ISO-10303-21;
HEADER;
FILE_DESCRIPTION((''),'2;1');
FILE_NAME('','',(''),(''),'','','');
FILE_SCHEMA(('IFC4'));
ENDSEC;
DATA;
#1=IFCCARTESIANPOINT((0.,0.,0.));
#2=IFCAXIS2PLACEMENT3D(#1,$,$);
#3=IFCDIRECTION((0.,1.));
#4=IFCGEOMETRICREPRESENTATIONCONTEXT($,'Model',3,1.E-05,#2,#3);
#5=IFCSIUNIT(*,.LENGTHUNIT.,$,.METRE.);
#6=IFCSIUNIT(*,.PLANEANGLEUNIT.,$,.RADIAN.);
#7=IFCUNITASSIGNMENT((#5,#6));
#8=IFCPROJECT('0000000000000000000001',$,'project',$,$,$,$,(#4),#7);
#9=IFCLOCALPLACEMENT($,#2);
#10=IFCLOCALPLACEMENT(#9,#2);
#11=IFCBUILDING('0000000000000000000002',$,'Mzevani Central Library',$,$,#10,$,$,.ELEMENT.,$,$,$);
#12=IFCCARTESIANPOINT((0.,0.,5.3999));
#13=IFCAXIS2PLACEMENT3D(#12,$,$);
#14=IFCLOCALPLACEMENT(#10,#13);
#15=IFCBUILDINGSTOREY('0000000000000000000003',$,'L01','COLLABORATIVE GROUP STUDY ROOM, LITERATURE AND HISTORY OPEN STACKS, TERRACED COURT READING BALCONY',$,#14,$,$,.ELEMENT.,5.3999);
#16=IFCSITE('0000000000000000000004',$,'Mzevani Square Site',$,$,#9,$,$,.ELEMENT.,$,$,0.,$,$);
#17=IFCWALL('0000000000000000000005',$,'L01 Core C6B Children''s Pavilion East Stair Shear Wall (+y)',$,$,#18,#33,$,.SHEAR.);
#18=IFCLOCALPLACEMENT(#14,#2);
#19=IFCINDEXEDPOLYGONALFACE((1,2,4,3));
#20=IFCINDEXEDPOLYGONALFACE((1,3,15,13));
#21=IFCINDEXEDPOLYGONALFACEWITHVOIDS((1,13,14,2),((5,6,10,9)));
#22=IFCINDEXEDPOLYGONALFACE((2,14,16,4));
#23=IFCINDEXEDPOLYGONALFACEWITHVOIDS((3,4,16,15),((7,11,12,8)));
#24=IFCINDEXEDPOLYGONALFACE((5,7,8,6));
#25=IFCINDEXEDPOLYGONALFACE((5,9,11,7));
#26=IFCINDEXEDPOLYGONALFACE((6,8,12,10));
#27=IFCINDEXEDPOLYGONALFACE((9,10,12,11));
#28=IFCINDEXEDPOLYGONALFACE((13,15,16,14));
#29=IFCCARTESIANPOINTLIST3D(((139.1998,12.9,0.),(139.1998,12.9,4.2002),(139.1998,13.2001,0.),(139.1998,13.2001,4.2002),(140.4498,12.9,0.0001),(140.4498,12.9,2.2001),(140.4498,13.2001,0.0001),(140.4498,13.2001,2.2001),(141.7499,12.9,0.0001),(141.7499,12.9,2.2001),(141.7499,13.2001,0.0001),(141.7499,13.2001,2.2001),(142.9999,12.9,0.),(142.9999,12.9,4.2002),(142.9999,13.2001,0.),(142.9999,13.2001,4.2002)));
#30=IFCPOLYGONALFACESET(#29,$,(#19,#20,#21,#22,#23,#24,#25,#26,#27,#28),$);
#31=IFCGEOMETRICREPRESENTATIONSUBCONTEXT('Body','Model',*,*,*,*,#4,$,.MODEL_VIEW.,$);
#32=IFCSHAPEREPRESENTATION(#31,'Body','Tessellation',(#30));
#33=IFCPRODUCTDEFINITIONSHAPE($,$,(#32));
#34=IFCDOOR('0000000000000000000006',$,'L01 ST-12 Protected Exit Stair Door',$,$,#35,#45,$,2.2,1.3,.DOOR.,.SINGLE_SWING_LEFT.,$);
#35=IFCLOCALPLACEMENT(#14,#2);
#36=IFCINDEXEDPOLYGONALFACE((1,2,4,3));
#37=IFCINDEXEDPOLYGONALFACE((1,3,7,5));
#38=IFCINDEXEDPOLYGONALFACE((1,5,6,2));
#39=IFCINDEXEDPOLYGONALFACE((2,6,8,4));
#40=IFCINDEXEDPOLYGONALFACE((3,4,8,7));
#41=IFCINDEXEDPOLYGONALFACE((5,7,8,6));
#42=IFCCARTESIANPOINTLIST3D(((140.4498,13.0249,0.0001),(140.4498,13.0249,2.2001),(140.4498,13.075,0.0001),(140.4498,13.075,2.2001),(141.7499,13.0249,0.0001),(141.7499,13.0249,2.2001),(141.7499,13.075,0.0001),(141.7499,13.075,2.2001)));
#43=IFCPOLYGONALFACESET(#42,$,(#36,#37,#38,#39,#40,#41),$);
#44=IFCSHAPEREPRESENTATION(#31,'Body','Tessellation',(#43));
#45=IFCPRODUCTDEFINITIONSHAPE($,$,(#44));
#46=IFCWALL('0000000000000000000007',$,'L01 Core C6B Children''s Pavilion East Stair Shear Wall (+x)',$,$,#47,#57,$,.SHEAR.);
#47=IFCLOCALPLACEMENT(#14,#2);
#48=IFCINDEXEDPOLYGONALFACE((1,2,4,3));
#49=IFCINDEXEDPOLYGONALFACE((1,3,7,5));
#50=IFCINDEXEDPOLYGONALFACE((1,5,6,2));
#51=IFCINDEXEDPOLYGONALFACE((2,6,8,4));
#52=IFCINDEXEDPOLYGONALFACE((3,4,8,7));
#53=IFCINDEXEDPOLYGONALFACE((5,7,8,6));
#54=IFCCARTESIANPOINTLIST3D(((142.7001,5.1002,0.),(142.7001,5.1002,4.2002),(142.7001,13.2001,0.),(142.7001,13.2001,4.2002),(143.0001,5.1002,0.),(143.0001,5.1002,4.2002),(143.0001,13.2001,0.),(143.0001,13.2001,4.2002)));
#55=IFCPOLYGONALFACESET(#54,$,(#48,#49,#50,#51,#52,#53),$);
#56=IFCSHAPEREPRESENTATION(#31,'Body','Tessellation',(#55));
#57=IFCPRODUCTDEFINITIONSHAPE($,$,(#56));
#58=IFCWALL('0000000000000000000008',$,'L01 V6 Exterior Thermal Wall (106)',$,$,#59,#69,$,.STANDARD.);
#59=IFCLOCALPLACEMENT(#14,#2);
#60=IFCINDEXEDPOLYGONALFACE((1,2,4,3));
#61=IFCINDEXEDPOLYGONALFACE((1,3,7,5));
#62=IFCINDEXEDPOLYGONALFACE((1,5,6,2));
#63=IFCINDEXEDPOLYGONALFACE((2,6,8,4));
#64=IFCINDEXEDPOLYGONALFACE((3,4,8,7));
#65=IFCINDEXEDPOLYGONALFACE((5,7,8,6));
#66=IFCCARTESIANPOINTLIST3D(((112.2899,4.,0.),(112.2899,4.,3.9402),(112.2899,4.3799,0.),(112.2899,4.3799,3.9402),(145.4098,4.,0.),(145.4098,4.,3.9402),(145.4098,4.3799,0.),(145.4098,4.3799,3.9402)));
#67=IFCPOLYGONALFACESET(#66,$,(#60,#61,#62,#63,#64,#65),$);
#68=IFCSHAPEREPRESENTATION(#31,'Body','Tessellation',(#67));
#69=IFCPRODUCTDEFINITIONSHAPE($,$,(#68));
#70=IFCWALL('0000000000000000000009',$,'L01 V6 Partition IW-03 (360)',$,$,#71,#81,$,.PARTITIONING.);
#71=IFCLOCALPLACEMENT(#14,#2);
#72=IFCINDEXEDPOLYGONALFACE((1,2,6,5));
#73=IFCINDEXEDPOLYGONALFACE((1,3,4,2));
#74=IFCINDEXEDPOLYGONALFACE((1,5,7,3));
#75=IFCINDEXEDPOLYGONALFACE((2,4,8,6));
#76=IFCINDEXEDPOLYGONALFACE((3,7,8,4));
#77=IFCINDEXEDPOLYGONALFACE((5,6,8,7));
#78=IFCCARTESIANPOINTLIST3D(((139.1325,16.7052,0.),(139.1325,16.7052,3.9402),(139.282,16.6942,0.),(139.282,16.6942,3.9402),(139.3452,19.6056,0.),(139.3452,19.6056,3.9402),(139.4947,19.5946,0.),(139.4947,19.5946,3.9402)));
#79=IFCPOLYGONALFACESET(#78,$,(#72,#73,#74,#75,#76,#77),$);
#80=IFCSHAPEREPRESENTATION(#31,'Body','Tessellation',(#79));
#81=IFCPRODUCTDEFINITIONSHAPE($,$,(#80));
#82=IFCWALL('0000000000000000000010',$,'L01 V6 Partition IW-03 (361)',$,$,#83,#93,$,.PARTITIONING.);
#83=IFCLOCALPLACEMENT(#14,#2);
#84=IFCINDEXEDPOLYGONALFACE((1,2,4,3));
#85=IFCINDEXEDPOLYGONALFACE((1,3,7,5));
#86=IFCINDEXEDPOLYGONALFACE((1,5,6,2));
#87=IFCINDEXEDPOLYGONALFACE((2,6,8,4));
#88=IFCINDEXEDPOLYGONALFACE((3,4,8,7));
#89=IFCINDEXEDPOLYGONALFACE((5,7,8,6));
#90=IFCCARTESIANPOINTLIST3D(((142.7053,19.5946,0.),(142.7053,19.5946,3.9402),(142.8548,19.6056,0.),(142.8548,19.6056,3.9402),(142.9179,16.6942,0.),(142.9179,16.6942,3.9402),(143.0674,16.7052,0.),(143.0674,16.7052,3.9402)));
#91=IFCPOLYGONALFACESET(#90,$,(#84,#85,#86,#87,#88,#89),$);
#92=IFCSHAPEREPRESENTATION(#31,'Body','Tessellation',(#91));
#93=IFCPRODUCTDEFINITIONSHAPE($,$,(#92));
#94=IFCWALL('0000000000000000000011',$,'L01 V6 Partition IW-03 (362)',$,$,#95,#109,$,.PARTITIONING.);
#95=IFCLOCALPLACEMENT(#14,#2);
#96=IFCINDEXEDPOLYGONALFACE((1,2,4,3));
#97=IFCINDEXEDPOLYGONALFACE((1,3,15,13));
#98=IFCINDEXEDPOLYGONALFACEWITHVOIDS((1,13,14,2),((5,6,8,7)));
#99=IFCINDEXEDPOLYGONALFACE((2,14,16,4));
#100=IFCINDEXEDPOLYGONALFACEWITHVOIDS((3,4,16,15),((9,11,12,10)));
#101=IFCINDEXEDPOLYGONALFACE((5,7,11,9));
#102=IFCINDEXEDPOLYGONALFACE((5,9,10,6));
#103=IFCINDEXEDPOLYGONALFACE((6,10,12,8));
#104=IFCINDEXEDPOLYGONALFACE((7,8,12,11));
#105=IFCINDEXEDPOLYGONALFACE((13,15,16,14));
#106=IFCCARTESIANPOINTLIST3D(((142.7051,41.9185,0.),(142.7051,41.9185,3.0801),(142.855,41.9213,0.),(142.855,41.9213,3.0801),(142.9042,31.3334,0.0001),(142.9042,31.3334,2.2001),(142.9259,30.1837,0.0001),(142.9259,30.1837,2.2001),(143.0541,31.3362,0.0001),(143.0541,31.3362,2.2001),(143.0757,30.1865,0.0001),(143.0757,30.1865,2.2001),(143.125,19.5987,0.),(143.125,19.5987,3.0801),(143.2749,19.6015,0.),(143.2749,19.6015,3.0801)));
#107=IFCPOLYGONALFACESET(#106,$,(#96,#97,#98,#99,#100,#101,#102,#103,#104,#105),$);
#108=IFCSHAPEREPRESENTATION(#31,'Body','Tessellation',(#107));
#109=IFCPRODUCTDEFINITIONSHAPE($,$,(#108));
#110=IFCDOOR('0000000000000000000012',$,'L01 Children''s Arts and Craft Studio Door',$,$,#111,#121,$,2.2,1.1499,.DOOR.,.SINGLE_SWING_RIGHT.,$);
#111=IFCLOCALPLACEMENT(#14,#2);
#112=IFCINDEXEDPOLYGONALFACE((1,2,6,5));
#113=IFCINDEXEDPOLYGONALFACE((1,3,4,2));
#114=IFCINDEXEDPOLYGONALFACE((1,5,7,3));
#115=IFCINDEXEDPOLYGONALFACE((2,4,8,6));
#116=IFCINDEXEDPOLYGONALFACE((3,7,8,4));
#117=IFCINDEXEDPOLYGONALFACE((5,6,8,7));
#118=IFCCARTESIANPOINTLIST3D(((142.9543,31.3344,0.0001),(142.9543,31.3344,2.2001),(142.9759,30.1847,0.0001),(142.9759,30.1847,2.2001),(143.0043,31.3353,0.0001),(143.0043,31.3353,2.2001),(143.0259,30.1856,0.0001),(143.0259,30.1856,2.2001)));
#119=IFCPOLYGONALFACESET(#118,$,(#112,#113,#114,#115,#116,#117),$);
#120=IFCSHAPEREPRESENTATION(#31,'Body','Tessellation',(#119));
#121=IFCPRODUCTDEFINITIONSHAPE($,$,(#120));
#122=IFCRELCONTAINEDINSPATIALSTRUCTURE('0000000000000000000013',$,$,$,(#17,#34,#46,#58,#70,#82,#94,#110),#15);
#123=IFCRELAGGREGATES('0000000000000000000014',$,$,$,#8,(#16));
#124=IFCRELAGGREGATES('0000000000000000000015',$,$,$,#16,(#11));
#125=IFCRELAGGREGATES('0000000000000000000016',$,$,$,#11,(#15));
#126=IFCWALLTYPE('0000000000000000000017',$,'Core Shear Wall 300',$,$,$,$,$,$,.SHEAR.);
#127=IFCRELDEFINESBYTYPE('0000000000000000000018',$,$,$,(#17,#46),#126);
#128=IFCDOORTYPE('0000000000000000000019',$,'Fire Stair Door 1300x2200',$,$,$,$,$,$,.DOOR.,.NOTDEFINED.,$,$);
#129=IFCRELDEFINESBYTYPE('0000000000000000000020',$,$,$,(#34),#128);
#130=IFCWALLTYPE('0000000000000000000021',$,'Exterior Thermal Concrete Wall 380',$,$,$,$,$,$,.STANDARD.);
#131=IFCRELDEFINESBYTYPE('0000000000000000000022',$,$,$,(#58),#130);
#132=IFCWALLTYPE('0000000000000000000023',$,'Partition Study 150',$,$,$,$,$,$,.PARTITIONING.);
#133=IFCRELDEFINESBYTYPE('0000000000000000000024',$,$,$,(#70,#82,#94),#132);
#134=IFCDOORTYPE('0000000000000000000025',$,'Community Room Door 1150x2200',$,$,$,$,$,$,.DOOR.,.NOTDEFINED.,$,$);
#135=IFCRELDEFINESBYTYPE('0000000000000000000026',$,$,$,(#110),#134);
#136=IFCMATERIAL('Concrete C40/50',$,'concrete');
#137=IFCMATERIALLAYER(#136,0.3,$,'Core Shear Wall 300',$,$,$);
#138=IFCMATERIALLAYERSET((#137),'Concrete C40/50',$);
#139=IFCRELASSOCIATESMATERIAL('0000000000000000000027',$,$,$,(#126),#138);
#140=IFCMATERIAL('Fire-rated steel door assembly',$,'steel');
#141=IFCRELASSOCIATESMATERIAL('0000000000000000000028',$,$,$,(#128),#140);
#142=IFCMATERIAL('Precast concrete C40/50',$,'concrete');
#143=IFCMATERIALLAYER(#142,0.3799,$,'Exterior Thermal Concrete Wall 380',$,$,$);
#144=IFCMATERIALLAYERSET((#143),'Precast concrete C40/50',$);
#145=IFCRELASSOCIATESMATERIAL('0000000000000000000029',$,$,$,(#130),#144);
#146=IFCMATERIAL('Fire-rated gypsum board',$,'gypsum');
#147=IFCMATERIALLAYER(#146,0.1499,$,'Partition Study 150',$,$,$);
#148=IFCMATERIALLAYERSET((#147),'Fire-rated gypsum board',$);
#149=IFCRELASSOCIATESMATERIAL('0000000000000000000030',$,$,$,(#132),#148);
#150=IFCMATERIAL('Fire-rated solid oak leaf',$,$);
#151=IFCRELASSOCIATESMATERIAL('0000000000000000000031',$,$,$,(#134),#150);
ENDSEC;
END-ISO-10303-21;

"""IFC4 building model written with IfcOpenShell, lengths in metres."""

from ifc_helpers import new_model, si_unit, direction, frame, frame_2d, origin, place, context, subcontext, project, spatial, rectangle, extrude, material, layer, layer_set, type_object, element, fill, save


model = new_model("IFC4")

# Units and contexts
model_context = context("Model", 3, precision=1e-05, world=origin(), true_north=direction((0.0, 1.0)))
body_context = subcontext(model_context, "Body", "Model", "MODEL_VIEW")
ifc_project = project(units=[si_unit("LENGTHUNIT", "METRE"), si_unit("PLANEANGLEUNIT", "RADIAN")], contexts=[model_context])

# Site, building, storey
site_placement = place(None, origin())
site = spatial("IfcSite", under=ifc_project, at=site_placement, Name="Mzevani Square Site", CompositionType="ELEMENT", RefElevation=0.0)
building_placement = place(site_placement, origin())
building = spatial("IfcBuilding", under=site, at=building_placement, Name="Mzevani Central Library", CompositionType="ELEMENT")
storey_placement = place(building_placement, frame((0.0, 0.0, 5.3999)))
storey = spatial("IfcBuildingStorey", under=building, at=storey_placement, Name="L01", Description="COLLABORATIVE GROUP STUDY ROOM, LITERATURE AND HISTORY OPEN STACKS, TERRACED COURT READING BALCONY", CompositionType="ELEMENT", Elevation=5.3999)

# Shared definitions
ifc_material_1 = material(Name="Concrete C40/50", Category="concrete")

# Shared definitions
ifc_material_2 = material(Name="Fire-rated steel door assembly", Category="steel")

# Shared definitions
ifc_layer_1 = layer(ifc_material_1, 0.3, Name="Core Shear Wall 300")
ifc_layer_set_1 = layer_set([ifc_layer_1], Name="Concrete C40/50")
wall_type_1 = type_object("IfcWallType", Name="Core Shear Wall 300", PredefinedType="SHEAR", material=ifc_layer_set_1)

# Wall, opening, door
wall_1_placement = place(storey_placement, frame((139.2, 13.05, 0.0), z_axis=(0.0, 0.0, 1.0), x_axis=(1.0, 0.0, 0.0)))
wall_1 = element("IfcWall", 1, at=wall_1_placement, inside=storey, type_object=wall_type_1, Name="L01 Core C6B Children's Pavilion East Stair Shear Wall (+y)", PredefinedType="SHEAR", context=body_context, shape_type="SweptSolid", body=[
    extrude(rectangle(XDim=3.8, YDim=0.3, at=frame_2d((1.8999, 0.0))), origin(), (0.0, 0.0, 1.0), 4.2002),
])
opening_1_placement = place(wall_1_placement, frame((1.25, 0.0, 0.0)))
opening_1 = element("IfcOpeningElement", 2, at=opening_1_placement, cuts=wall_1, PredefinedType="OPENING", context=body_context, shape_type="SweptSolid", body=[
    extrude(rectangle(XDim=1.3, YDim=2.2, at=frame_2d((0.6499, 1.1001))), frame((0.0, 0.1602, 0.0), z_axis=(0.0, -1.0, 0.0), x_axis=(1.0, 0.0, 0.0)), (0.0, 0.0, 1.0), 0.3201),
])
door_type_1 = type_object("IfcDoorType", Name="Fire Stair Door 1300x2200", OperationType="NOTDEFINED", PredefinedType="DOOR", material=ifc_material_2)
door_1_placement = place(opening_1_placement, origin())
door_1 = element("IfcDoor", 3, at=door_1_placement, inside=storey, type_object=door_type_1, Name="L01 ST-12 Protected Exit Stair Door", OperationType="SINGLE_SWING_LEFT", OverallHeight=2.2, OverallWidth=1.3, PredefinedType="DOOR", context=body_context, shape_type="SweptSolid", body=[
    extrude(rectangle(XDim=1.3, YDim=2.2, at=frame_2d((0.6499, 1.1001))), frame((0.0, 0.0249, 0.0), z_axis=(0.0, -1.0, 0.0), x_axis=(1.0, 0.0, 0.0)), (0.0, 0.0, 1.0), 0.05),
])
fill(opening_1, door_1)

# Walls
wall_2_placement = place(storey_placement, frame((142.8501, 13.2, 0.0), z_axis=(0.0, 0.0, 1.0), x_axis=(0.0, -1.0, 0.0)))
element("IfcWall", 4, at=wall_2_placement, inside=storey, type_object=wall_type_1, Name="L01 Core C6B Children's Pavilion East Stair Shear Wall (+x)", PredefinedType="SHEAR", context=body_context, shape_type="SweptSolid", body=[
    extrude(rectangle(XDim=8.0999, YDim=0.3, at=frame_2d((4.0498, 0.0))), origin(), (0.0, 0.0, 1.0), 4.2002),
])
ifc_material_3 = material(Name="Precast concrete C40/50", Category="concrete")
ifc_layer_2 = layer(ifc_material_3, 0.3799, Name="Exterior Thermal Concrete Wall 380")
ifc_layer_set_2 = layer_set([ifc_layer_2], Name="Precast concrete C40/50")
wall_type_2 = type_object("IfcWallType", Name="Exterior Thermal Concrete Wall 380", PredefinedType="STANDARD", material=ifc_layer_set_2)
wall_3_placement = place(storey_placement, frame((145.4099, 4.1899, 0.0), z_axis=(0.0, 0.0, 1.0), x_axis=(-1.0, 0.0, 0.0)))
element("IfcWall", 5, at=wall_3_placement, inside=storey, type_object=wall_type_2, Name="L01 V6 Exterior Thermal Wall (106)", PredefinedType="STANDARD", context=body_context, shape_type="SweptSolid", body=[
    extrude(rectangle(XDim=33.1199, YDim=0.3799, at=frame_2d((16.5601, 0.0))), origin(), (0.0, 0.0, 1.0), 3.9402),
])
ifc_material_4 = material(Name="Fire-rated gypsum board", Category="gypsum")
ifc_layer_3 = layer(ifc_material_4, 0.1499, Name="Partition Study 150")
ifc_layer_set_3 = layer_set([ifc_layer_3], Name="Fire-rated gypsum board")
wall_type_3 = type_object("IfcWallType", Name="Partition Study 150", PredefinedType="PARTITIONING", material=ifc_layer_set_3)
for number, where, z_axis, x_axis, name in (
    (6, (139.4199, 19.6001, 0.0), (0.0, 0.0, 1.0), (-0.07312, -0.997323, 0.0), "L01 V6 Partition IW-03 (360)"),
    (7, (142.9927, 16.6997, 0.0), (0.0, 0.0, 1.0), (-0.07312, 0.997323, 0.0), "L01 V6 Partition IW-03 (361)"),
):
    element("IfcWall", number, at=place(storey_placement, frame(where, z_axis=z_axis, x_axis=x_axis)), inside=storey, type_object=wall_type_3, Name=name, PredefinedType="PARTITIONING", context=body_context, shape_type="SweptSolid", body=[
        extrude(rectangle(XDim=2.9082, YDim=0.1499, at=frame_2d((1.4541, 0.0))), origin(), (0.0, 0.0, 1.0), 3.9402),
    ])

# Wall, opening, door
wall_4_placement = place(storey_placement, frame((143.2, 19.6001, 0.0), z_axis=(0.0, 0.0, 1.0), x_axis=(-0.018811, 0.999823, 0.0)))
wall_4 = element("IfcWall", 8, at=wall_4_placement, inside=storey, type_object=wall_type_3, Name="L01 V6 Partition IW-03 (362)", PredefinedType="PARTITIONING", context=body_context, shape_type="SweptSolid", body=[
    extrude(rectangle(XDim=22.3237, YDim=0.1499, at=frame_2d((11.1619, 0.0))), origin(), (0.0, 0.0, 1.0), 3.0801),
])
opening_2_placement = place(wall_4_placement, frame((10.5869, 0.0, 0.0)))
opening_2 = element("IfcOpeningElement", 9, at=opening_2_placement, cuts=wall_4, PredefinedType="OPENING", context=body_context, shape_type="SweptSolid", body=[
    extrude(rectangle(XDim=1.1499, YDim=2.2, at=frame_2d((0.575, 1.1001))), frame((0.0, 0.085, 0.0), z_axis=(0.0, -1.0, 0.0), x_axis=(1.0, 0.0, 0.0)), (0.0, 0.0, 1.0), 0.1699),
])
ifc_material_5 = material(Name="Fire-rated solid oak leaf")
door_type_2 = type_object("IfcDoorType", Name="Community Room Door 1150x2200", OperationType="NOTDEFINED", PredefinedType="DOOR", material=ifc_material_5)
door_2_placement = place(opening_2_placement, origin())
door_2 = element("IfcDoor", 10, at=door_2_placement, inside=storey, type_object=door_type_2, Name="L01 Children's Arts and Craft Studio Door", OperationType="SINGLE_SWING_RIGHT", OverallHeight=2.2, OverallWidth=1.1499, PredefinedType="DOOR", context=body_context, shape_type="SweptSolid", body=[
    extrude(rectangle(XDim=1.1499, YDim=2.2, at=frame_2d((0.575, 1.1001))), frame((0.0, 0.0249, 0.0), z_axis=(0.0, -1.0, 0.0), x_axis=(1.0, 0.0, 0.0)), (0.0, 0.0, 1.0), 0.05),
])
fill(opening_2, door_2)

save(model, "model.ifc")
